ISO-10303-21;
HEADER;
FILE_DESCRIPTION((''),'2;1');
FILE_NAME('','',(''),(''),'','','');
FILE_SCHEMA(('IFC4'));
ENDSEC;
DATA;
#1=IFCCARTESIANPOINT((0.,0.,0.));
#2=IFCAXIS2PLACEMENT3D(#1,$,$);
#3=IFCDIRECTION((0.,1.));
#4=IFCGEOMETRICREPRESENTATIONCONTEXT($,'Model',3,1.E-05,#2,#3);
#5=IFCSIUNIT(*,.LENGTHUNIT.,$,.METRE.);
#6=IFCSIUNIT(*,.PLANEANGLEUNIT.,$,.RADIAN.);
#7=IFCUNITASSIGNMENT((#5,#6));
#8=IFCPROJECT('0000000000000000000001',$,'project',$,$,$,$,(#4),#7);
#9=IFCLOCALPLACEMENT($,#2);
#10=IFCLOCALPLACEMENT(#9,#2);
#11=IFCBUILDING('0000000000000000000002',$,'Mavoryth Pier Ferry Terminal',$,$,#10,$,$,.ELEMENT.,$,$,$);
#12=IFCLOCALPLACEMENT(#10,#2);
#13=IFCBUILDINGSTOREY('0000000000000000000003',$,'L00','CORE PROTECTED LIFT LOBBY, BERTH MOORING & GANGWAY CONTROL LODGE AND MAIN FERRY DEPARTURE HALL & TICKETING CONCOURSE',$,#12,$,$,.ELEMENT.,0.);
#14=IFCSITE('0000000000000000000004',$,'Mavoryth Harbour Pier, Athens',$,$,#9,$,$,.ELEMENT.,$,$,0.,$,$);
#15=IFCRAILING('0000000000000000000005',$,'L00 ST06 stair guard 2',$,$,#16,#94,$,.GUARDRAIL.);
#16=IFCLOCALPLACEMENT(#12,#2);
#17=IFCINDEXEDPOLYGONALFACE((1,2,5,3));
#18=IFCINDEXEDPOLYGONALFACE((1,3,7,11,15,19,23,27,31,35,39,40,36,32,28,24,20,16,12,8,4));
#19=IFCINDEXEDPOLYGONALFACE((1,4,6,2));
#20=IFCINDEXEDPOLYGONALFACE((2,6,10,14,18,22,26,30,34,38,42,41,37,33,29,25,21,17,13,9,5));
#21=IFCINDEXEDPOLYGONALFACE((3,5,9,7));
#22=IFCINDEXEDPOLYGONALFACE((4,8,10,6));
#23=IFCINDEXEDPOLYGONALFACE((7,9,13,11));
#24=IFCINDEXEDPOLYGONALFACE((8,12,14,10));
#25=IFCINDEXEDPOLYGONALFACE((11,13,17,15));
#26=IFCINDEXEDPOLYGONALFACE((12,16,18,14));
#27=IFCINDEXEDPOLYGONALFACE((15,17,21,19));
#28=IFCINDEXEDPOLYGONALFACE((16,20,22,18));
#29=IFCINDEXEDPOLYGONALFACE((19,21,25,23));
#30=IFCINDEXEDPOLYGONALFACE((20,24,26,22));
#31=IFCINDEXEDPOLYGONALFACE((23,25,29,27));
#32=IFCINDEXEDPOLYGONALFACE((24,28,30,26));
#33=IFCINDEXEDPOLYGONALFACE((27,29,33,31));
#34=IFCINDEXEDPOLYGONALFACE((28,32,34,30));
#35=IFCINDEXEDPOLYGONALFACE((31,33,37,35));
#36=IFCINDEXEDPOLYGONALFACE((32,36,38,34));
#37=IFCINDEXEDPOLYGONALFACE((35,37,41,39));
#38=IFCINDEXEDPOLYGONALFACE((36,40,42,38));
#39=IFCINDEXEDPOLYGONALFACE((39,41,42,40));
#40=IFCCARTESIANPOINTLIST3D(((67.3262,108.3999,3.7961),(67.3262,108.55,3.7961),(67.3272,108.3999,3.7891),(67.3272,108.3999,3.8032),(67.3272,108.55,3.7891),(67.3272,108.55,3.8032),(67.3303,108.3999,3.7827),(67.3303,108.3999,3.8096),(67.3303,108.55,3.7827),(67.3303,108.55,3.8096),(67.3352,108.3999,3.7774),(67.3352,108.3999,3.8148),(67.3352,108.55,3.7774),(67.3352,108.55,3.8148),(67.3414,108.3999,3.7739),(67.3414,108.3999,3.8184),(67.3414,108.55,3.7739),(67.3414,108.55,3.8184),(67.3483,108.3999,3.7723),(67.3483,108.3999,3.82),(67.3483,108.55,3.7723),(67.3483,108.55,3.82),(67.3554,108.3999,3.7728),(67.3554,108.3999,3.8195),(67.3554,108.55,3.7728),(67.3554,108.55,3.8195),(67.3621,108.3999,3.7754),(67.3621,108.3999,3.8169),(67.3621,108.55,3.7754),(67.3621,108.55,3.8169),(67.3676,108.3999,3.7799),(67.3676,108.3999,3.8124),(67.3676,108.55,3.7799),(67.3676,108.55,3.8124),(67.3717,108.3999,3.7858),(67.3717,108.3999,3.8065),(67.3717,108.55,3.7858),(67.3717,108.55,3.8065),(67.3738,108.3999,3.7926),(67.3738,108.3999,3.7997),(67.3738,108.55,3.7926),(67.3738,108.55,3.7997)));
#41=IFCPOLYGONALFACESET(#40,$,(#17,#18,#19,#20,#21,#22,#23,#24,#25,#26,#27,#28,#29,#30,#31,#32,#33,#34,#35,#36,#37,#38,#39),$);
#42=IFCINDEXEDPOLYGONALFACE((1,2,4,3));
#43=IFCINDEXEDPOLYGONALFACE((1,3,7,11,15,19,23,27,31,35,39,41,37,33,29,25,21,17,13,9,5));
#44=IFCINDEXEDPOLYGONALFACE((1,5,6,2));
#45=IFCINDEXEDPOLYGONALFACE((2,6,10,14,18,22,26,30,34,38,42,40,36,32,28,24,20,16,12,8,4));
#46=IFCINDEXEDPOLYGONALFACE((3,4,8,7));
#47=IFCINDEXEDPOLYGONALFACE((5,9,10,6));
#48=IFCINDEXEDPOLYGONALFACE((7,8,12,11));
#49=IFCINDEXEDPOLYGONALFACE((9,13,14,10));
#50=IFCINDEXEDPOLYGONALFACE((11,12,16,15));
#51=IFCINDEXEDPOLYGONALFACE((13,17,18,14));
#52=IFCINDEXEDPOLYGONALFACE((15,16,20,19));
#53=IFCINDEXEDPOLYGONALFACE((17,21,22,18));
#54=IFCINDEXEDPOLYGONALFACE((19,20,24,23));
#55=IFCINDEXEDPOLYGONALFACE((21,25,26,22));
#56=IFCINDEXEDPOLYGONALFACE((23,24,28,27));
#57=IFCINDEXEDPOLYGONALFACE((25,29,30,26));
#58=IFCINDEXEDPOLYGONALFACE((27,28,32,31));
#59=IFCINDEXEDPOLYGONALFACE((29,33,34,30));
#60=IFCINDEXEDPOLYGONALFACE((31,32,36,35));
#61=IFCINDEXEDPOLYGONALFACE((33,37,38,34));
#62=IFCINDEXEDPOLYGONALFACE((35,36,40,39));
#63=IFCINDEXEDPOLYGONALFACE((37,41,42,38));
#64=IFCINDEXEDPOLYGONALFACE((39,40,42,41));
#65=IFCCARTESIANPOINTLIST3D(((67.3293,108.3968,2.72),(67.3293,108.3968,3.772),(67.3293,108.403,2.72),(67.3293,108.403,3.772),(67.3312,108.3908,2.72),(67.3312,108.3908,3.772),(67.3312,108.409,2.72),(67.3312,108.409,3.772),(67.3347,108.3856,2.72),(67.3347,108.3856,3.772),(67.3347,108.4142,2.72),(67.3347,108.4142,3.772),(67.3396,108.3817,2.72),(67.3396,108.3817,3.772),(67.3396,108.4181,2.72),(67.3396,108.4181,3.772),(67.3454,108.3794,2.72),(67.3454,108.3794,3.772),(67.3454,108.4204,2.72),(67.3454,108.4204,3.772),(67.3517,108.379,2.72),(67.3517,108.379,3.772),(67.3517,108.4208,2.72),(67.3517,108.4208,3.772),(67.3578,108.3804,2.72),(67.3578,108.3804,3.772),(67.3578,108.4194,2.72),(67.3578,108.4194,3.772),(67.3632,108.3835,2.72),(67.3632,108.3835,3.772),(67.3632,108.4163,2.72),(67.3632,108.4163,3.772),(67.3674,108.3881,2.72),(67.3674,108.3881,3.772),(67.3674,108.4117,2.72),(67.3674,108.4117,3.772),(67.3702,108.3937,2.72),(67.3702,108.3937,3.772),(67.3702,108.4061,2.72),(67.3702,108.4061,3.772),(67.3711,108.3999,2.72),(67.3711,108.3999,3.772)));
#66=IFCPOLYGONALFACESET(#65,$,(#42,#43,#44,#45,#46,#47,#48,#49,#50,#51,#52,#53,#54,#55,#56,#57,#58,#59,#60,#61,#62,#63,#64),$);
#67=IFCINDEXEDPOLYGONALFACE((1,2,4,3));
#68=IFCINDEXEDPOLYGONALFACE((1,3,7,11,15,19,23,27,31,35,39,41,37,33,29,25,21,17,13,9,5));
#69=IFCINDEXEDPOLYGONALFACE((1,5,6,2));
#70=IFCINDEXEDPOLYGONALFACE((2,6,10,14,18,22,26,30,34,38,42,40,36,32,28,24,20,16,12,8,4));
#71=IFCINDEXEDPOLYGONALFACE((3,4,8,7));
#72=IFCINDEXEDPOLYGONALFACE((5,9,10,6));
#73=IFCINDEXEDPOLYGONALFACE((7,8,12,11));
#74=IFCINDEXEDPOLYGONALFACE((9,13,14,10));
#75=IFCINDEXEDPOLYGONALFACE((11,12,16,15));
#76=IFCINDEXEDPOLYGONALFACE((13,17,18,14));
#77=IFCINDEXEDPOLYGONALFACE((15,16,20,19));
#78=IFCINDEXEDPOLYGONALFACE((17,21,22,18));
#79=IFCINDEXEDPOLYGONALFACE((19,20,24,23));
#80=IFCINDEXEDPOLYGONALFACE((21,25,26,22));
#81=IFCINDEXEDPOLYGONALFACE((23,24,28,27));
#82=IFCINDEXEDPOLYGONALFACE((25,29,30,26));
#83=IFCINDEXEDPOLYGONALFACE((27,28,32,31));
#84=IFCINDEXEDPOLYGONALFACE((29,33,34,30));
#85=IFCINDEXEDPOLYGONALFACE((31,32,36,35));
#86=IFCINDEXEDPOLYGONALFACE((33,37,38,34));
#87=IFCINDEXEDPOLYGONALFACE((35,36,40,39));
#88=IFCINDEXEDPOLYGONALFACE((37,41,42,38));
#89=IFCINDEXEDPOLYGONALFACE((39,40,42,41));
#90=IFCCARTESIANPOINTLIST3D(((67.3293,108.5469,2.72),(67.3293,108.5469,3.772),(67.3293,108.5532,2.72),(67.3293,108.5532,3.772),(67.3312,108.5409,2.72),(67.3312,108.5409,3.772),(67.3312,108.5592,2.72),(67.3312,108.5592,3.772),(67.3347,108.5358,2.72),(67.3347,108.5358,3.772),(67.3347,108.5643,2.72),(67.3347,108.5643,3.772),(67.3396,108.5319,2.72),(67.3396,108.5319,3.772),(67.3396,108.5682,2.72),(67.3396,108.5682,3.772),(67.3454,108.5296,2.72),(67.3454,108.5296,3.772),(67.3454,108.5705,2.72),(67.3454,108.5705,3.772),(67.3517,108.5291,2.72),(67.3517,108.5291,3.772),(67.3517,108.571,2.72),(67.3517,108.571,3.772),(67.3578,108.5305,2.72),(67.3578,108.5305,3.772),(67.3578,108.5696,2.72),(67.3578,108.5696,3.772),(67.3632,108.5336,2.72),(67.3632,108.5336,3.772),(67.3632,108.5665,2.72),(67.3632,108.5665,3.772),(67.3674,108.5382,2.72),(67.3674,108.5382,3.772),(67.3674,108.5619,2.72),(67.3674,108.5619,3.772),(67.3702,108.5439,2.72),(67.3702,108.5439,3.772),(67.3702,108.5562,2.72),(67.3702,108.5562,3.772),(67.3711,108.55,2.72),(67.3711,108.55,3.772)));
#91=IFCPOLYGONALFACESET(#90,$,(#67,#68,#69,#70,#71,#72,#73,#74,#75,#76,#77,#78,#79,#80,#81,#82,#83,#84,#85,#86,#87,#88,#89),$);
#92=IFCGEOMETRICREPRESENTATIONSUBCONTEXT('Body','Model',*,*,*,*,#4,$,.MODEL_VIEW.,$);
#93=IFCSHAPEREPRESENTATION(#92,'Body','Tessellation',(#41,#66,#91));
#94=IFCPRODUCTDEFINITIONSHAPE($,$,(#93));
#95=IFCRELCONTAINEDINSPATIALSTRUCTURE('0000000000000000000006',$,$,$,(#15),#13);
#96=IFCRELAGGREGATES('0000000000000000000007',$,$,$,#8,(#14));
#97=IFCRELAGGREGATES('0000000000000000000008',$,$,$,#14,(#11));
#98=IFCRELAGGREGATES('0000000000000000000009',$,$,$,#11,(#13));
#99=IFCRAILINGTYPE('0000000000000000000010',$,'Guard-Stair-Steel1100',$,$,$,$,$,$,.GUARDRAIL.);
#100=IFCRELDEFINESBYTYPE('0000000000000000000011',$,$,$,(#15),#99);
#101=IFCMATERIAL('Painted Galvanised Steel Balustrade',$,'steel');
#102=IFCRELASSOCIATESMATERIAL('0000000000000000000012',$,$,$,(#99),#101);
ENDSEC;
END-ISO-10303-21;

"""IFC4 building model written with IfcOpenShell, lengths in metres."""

from ifc_helpers import new_model, si_unit, direction, frame, origin, origin_2d, place, context, subcontext, project, spatial, circle, extrude, material, type_object, element, save


model = new_model("IFC4")

# Units and contexts
model_context = context("Model", 3, precision=1e-05, world=origin(), true_north=direction((0.0, 1.0)))
body_context = subcontext(model_context, "Body", "Model", "MODEL_VIEW")
ifc_project = project(units=[si_unit("LENGTHUNIT", "METRE"), si_unit("PLANEANGLEUNIT", "RADIAN")], contexts=[model_context])

# Site, building, storey
site_placement = place(None, origin())
site = spatial("IfcSite", under=ifc_project, at=site_placement, Name="Mavoryth Harbour Pier, Athens", CompositionType="ELEMENT", RefElevation=0.0)
building_placement = place(site_placement, origin())
building = spatial("IfcBuilding", under=site, at=building_placement, Name="Mavoryth Pier Ferry Terminal", CompositionType="ELEMENT")
storey_placement = place(building_placement, origin())
storey = spatial("IfcBuildingStorey", under=building, at=storey_placement, Name="L00", Description="CORE PROTECTED LIFT LOBBY, BERTH MOORING & GANGWAY CONTROL LODGE AND MAIN FERRY DEPARTURE HALL & TICKETING CONCOURSE", CompositionType="ELEMENT", Elevation=0.0)

# Railing
ifc_material_1 = material(Name="Painted Galvanised Steel Balustrade", Category="steel")
railing_type_1 = type_object("IfcRailingType", Name="Guard-Stair-Steel1100", PredefinedType="GUARDRAIL", material=ifc_material_1)
railing_1_placement = place(storey_placement, frame((67.3501, 108.3999, 2.72)))
element("IfcRailing", 1, at=railing_1_placement, inside=storey, type_object=railing_type_1, Name="L00 ST06 stair guard 2", PredefinedType="GUARDRAIL", context=body_context, shape_type="SweptSolid", body=[
    extrude(circle(Radius=0.0239, at=origin_2d()), frame((0.0, 0.0, 1.0762), z_axis=(0.0, 1.0, 0.0), x_axis=(-1.0, 0.0, 0.0)), (0.0, 0.0, 1.0), 0.1501),
    extrude(circle(Radius=0.021, at=origin_2d()), origin(), (0.0, 0.0, 1.0), 1.052),
    extrude(circle(Radius=0.021, at=origin_2d()), frame((0.0, 0.1501, 0.0)), (0.0, 0.0, 1.0), 1.052),
])

save(model, "model.ifc")
